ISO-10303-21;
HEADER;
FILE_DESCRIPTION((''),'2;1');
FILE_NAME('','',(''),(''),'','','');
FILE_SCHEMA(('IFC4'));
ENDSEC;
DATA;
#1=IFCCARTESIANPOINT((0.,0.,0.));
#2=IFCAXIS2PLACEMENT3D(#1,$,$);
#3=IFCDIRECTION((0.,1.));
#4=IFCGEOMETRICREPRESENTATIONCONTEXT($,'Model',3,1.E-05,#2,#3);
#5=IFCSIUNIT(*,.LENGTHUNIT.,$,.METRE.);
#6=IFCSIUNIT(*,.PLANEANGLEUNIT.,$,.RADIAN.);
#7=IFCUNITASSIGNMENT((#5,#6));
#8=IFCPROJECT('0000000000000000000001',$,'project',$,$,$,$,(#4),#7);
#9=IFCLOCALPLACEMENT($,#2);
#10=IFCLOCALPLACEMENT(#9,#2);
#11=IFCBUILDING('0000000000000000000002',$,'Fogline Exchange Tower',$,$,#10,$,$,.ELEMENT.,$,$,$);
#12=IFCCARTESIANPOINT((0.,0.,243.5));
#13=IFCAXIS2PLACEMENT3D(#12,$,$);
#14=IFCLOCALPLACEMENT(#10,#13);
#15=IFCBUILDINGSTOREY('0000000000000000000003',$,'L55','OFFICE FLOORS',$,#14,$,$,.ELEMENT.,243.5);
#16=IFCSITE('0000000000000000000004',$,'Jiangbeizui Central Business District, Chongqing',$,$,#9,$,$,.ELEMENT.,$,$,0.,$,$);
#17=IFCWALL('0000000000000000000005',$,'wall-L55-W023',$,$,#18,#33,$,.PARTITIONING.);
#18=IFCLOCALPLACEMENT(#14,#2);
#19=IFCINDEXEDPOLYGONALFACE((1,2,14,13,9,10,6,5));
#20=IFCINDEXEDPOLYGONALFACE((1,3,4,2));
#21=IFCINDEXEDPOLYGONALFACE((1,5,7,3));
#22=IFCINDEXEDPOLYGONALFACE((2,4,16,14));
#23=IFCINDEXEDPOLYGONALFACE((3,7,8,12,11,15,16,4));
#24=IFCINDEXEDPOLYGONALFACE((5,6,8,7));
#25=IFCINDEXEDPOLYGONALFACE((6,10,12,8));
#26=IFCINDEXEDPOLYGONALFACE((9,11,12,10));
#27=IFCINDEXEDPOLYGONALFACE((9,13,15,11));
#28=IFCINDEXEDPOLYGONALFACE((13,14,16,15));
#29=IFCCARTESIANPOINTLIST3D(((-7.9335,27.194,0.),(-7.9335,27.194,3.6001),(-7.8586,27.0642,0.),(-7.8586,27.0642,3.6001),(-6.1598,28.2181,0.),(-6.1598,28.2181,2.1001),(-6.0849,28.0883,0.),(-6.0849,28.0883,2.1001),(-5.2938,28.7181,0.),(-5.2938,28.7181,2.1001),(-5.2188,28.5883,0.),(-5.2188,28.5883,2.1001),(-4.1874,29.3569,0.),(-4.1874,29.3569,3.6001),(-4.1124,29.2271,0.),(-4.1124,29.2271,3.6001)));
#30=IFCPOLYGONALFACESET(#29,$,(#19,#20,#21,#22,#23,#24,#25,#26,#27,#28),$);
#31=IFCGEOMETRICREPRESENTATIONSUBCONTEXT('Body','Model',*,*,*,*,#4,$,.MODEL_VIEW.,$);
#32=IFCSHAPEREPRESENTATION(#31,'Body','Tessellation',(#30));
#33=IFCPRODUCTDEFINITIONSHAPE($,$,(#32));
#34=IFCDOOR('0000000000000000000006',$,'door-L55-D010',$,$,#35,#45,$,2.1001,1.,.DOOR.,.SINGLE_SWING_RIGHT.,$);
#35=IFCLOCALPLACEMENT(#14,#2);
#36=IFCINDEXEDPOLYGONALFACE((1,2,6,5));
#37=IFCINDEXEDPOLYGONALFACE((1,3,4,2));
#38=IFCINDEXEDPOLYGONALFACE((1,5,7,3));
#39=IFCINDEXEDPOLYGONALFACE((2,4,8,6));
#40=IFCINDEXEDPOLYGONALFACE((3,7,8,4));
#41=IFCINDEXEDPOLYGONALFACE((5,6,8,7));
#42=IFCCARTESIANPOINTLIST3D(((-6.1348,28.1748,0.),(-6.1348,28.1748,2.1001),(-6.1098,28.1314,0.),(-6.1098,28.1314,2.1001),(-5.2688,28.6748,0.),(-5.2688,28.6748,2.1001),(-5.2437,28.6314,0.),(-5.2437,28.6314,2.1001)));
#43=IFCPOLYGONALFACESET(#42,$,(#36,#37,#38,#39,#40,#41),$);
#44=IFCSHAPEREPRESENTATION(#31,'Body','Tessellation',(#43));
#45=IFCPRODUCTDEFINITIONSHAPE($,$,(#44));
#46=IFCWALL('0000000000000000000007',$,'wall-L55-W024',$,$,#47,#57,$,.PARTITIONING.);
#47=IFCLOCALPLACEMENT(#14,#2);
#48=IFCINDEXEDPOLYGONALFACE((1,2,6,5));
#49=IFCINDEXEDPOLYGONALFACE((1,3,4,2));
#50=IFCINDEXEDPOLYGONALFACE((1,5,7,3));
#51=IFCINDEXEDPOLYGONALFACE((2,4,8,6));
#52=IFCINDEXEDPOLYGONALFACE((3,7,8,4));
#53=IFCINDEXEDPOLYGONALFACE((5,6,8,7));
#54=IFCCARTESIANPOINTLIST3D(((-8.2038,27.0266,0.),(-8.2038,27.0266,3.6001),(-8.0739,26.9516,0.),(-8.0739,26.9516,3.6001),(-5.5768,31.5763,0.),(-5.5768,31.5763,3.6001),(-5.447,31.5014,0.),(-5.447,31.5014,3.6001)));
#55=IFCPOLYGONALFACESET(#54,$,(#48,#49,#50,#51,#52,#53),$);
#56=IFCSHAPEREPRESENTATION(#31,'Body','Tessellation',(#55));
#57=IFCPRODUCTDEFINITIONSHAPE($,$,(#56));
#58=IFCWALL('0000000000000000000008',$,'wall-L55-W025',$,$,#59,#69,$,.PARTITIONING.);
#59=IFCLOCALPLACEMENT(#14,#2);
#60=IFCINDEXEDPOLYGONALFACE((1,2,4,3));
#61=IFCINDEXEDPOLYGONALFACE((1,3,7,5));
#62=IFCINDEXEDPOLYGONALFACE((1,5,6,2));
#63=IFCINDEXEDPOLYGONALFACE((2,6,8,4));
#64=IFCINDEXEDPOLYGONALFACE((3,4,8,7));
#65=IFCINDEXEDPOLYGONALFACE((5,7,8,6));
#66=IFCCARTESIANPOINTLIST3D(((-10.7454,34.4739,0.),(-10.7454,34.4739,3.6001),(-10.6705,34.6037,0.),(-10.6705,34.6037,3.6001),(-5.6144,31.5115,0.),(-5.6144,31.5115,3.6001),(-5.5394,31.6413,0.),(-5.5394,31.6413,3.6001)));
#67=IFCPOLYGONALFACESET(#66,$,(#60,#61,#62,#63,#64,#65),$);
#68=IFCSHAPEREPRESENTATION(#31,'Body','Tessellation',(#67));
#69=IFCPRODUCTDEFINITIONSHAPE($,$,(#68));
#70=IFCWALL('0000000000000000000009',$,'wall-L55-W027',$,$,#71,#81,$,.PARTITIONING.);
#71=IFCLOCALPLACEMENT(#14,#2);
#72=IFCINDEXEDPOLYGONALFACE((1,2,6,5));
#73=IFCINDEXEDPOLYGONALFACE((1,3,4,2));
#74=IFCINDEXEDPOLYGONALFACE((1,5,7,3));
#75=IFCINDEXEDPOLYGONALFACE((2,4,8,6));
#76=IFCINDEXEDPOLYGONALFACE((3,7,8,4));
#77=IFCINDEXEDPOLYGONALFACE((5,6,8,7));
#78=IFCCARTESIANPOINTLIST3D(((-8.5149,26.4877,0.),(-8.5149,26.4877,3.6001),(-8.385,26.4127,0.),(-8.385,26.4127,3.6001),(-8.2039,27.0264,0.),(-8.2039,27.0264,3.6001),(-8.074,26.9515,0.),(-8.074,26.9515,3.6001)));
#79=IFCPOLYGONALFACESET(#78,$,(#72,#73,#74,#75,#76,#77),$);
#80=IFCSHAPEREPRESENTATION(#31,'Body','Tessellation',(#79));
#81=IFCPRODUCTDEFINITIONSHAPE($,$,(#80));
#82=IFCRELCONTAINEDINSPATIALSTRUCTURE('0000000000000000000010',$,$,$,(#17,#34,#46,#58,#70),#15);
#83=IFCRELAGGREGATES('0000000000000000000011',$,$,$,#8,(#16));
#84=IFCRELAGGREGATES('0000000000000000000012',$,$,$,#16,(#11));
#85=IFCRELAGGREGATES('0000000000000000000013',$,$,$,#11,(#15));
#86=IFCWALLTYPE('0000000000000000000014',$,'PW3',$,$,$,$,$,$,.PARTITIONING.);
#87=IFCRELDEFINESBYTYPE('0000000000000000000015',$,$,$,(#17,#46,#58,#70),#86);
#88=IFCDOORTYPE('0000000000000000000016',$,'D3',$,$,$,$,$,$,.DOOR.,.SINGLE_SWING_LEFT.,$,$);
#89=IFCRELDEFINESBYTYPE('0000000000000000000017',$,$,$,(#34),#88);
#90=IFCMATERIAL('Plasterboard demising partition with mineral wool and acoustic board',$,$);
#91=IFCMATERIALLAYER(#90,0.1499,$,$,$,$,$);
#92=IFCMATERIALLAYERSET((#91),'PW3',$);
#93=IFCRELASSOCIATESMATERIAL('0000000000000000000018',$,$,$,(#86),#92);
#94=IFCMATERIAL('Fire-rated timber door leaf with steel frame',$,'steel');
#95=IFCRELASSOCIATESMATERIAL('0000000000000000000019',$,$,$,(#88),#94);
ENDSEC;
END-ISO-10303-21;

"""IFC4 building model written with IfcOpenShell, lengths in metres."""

from ifc_helpers import new_model, si_unit, direction, frame, frame_2d, origin, place, context, subcontext, project, spatial, rectangle, extrude, material, layer, layer_set, type_object, element, fill, save


model = new_model("IFC4")

# Units and contexts
model_context = context("Model", 3, precision=1e-05, world=origin(), true_north=direction((0.0, 1.0)))
body_context = subcontext(model_context, "Body", "Model", "MODEL_VIEW")
ifc_project = project(units=[si_unit("LENGTHUNIT", "METRE"), si_unit("PLANEANGLEUNIT", "RADIAN")], contexts=[model_context])

# Site, building, storey
site_placement = place(None, origin())
site = spatial("IfcSite", under=ifc_project, at=site_placement, Name="Jiangbeizui Central Business District, Chongqing", CompositionType="ELEMENT", RefElevation=0.0)
building_placement = place(site_placement, origin())
building = spatial("IfcBuilding", under=site, at=building_placement, Name="Fogline Exchange Tower", CompositionType="ELEMENT")
storey_placement = place(building_placement, frame((0.0, 0.0, 243.5)))
storey = spatial("IfcBuildingStorey", under=building, at=storey_placement, Name="L55", Description="OFFICE FLOORS", CompositionType="ELEMENT", Elevation=243.5)

# Wall, opening, door
ifc_material_1 = material(Name="Plasterboard demising partition with mineral wool and acoustic board")
ifc_layer_1 = layer(ifc_material_1, 0.1499)
ifc_layer_set_1 = layer_set([ifc_layer_1], Name="PW3")
wall_type_1 = type_object("IfcWallType", Name="PW3", PredefinedType="PARTITIONING", material=ifc_layer_set_1)
wall_1_placement = place(storey_placement, frame((-4.1499, 29.292, 0.0), z_axis=(0.0, 0.0, 1.0), x_axis=(-0.866022, -0.500006, 0.0)))
wall_1 = element("IfcWall", 1, at=wall_1_placement, inside=storey, type_object=wall_type_1, Name="wall-L55-W023", PredefinedType="PARTITIONING", context=body_context, shape_type="SweptSolid", body=[
    extrude(rectangle(XDim=4.3257, YDim=0.1499, at=frame_2d((2.1628, 0.0))), origin(), (0.0, 0.0, 1.0), 3.6001),
])
opening_1_placement = place(wall_1_placement, frame((1.2776, 0.0, 0.0)))
opening_1 = element("IfcOpeningElement", 2, at=opening_1_placement, cuts=wall_1, PredefinedType="OPENING", context=body_context, shape_type="SweptSolid", body=[
    extrude(rectangle(XDim=1.0, YDim=2.1001, at=frame_2d((0.5, 1.05))), frame((0.0, 0.085, 0.0), z_axis=(0.0, -1.0, 0.0), x_axis=(1.0, 0.0, 0.0)), (0.0, 0.0, 1.0), 0.1699),
])
ifc_material_2 = material(Name="Fire-rated timber door leaf with steel frame", Category="steel")
door_type_1 = type_object("IfcDoorType", Name="D3", OperationType="SINGLE_SWING_LEFT", PredefinedType="DOOR", material=ifc_material_2)
door_1_placement = place(opening_1_placement, frame((1.0, 0.0, 0.0), z_axis=(0.0, 0.0, 1.0), x_axis=(-1.0, 0.0, 0.0)))
door_1 = element("IfcDoor", 3, at=door_1_placement, inside=storey, type_object=door_type_1, Name="door-L55-D010", OperationType="SINGLE_SWING_RIGHT", OverallHeight=2.1001, OverallWidth=1.0, PredefinedType="DOOR", context=body_context, shape_type="SweptSolid", body=[
    extrude(rectangle(XDim=1.0, YDim=2.1001, at=frame_2d((0.5, 1.05))), frame((0.0, 0.0249, 0.0), z_axis=(0.0, -1.0, 0.0), x_axis=(1.0, 0.0, 0.0)), (0.0, 0.0, 1.0), 0.05),
])
fill(opening_1, door_1)

# Walls
wall_2_placement = place(storey_placement, frame((-8.1389, 26.989, 0.0), z_axis=(0.0, 0.0, 1.0), x_axis=(0.500017, 0.866015, 0.0)))
element("IfcWall", 4, at=wall_2_placement, inside=storey, type_object=wall_type_1, Name="wall-L55-W024", PredefinedType="PARTITIONING", context=body_context, shape_type="SweptSolid", body=[
    extrude(rectangle(XDim=5.2537, YDim=0.1499, at=frame_2d((2.627, 0.0))), origin(), (0.0, 0.0, 1.0), 3.6001),
])
wall_3_placement = place(storey_placement, frame((-5.5769, 31.5764, 0.0), z_axis=(0.0, 0.0, 1.0), x_axis=(-0.866028, 0.499995, 0.0)))
element("IfcWall", 5, at=wall_3_placement, inside=storey, type_object=wall_type_1, Name="wall-L55-W025", PredefinedType="PARTITIONING", context=body_context, shape_type="SweptSolid", body=[
    extrude(rectangle(XDim=5.9248, YDim=0.1499, at=frame_2d((2.9624, 0.0))), origin(), (0.0, 0.0, 1.0), 3.6001),
])
wall_4_placement = place(storey_placement, frame((-8.45, 26.4502, 0.0), z_axis=(0.0, 0.0, 1.0), x_axis=(0.499938, 0.866061, 0.0)))
element("IfcWall", 6, at=wall_4_placement, inside=storey, type_object=wall_type_1, Name="wall-L55-W027", PredefinedType="PARTITIONING", context=body_context, shape_type="SweptSolid", body=[
    extrude(rectangle(XDim=0.6221, YDim=0.1499, at=frame_2d((0.311, 0.0))), origin(), (0.0, 0.0, 1.0), 3.6001),
])

save(model, "model.ifc")
